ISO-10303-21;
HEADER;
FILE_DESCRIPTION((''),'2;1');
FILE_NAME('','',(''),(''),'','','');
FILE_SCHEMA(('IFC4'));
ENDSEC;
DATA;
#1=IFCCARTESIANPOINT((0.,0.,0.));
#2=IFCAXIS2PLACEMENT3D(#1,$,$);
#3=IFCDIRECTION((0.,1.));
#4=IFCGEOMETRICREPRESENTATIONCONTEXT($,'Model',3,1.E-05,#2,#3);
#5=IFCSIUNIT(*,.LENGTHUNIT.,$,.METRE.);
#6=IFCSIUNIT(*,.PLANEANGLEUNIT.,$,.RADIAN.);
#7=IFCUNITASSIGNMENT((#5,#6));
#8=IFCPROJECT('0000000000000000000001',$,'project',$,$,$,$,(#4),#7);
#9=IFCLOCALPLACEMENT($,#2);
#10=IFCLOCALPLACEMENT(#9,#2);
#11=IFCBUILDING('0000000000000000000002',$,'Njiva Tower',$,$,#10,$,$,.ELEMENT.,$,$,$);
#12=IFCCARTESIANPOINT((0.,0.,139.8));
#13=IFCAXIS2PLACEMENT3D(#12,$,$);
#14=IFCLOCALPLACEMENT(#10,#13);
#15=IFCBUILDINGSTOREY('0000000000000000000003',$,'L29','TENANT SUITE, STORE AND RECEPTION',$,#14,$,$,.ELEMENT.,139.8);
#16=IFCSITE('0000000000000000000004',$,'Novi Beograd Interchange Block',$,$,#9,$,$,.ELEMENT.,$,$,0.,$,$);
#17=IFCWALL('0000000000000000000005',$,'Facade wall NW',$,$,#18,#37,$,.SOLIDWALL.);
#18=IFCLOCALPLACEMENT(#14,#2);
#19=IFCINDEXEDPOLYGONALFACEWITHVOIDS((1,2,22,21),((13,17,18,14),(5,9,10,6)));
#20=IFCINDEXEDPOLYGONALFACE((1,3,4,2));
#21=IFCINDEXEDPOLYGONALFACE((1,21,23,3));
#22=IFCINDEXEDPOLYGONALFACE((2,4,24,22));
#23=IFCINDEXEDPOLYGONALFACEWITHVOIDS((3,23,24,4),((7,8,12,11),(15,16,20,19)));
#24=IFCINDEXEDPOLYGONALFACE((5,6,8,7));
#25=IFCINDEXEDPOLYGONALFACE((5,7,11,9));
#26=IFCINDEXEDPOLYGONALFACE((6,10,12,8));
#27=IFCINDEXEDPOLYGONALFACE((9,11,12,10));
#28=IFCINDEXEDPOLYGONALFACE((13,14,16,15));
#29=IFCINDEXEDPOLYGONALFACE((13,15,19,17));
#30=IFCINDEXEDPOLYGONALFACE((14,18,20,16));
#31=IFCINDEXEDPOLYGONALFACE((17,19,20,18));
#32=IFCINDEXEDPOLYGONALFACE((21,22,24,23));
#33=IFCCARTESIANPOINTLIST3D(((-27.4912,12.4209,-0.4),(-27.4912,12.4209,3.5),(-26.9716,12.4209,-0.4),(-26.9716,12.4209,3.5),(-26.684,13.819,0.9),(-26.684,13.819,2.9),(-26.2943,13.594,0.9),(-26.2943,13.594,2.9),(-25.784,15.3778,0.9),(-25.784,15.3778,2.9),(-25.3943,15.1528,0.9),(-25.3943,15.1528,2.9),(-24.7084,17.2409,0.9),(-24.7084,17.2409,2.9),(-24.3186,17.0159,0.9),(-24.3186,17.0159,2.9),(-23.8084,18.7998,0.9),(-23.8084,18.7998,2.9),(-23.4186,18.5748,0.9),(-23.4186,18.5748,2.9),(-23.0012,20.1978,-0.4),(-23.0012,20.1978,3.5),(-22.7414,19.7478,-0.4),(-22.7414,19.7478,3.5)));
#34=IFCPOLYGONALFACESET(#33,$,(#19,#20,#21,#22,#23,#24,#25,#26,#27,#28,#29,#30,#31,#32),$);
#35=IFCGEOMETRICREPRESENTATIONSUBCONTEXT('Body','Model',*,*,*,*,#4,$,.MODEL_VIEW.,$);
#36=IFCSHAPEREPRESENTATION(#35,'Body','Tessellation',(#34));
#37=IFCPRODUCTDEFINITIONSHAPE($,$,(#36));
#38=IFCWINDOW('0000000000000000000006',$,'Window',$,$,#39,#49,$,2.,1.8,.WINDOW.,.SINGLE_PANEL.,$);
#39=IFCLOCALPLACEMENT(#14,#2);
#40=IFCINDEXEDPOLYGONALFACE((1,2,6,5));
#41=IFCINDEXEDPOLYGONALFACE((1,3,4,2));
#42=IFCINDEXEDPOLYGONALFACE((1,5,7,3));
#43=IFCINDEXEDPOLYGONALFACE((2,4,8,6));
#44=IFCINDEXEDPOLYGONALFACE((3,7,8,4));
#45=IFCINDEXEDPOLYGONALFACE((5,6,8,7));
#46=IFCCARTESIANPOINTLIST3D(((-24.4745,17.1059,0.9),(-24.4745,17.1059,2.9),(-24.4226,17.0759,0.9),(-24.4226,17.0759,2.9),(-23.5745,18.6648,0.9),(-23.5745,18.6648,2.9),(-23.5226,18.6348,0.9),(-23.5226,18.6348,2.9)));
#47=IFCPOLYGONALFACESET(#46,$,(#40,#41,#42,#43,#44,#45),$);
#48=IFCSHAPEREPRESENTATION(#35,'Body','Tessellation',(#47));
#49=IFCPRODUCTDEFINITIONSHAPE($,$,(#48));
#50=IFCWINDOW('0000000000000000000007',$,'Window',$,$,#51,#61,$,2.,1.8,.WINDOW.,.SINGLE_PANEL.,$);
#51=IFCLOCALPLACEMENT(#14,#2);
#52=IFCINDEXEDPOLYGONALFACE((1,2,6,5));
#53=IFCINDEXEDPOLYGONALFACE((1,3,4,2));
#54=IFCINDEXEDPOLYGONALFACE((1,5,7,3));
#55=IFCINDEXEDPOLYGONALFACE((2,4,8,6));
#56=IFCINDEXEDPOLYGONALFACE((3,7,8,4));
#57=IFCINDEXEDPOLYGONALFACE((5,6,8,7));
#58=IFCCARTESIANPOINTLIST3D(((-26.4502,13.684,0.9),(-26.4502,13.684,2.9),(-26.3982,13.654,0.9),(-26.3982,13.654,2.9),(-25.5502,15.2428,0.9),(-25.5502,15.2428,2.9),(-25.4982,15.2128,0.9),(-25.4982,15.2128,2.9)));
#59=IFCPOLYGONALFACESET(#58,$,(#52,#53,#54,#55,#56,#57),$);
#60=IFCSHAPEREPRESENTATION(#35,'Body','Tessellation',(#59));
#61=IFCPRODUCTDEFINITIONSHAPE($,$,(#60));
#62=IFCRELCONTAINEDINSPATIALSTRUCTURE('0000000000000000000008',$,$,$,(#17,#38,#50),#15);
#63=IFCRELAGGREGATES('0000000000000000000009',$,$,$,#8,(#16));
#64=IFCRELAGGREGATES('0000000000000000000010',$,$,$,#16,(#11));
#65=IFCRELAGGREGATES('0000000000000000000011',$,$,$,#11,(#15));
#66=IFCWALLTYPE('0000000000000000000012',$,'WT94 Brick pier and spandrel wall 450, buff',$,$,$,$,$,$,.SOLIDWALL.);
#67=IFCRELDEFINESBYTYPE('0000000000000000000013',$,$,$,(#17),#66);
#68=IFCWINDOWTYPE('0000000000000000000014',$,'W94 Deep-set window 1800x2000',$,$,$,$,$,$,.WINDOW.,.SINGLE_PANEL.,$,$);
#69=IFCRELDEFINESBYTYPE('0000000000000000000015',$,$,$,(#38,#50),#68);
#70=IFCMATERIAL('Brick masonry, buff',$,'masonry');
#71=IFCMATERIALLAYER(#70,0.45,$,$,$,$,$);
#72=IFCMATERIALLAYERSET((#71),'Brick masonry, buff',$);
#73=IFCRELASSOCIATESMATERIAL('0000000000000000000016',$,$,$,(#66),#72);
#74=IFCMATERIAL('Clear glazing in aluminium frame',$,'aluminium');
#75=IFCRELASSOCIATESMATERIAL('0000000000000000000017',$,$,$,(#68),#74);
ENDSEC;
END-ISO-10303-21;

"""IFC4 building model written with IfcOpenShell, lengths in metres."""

from ifc_helpers import new_model, si_unit, direction, frame, frame_2d, origin, place, context, subcontext, project, spatial, polyline, rectangle, outline, extrude, material, layer, layer_set, type_object, element, fill, save


model = new_model("IFC4")

# Units and contexts
model_context = context("Model", 3, precision=1e-05, world=origin(), true_north=direction((0.0, 1.0)))
body_context = subcontext(model_context, "Body", "Model", "MODEL_VIEW")
ifc_project = project(units=[si_unit("LENGTHUNIT", "METRE"), si_unit("PLANEANGLEUNIT", "RADIAN")], contexts=[model_context])

# Site, building, storey
site_placement = place(None, origin())
site = spatial("IfcSite", under=ifc_project, at=site_placement, Name="Novi Beograd Interchange Block", CompositionType="ELEMENT", RefElevation=0.0)
building_placement = place(site_placement, origin())
building = spatial("IfcBuilding", under=site, at=building_placement, Name="Njiva Tower", CompositionType="ELEMENT")
storey_placement = place(building_placement, frame((0.0, 0.0, 139.8)))
storey = spatial("IfcBuildingStorey", under=building, at=storey_placement, Name="L29", Description="TENANT SUITE, STORE AND RECEPTION", CompositionType="ELEMENT", Elevation=139.8)

# Wall, openings, windows
ifc_material_1 = material(Name="Clear glazing in aluminium frame", Category="aluminium")
ifc_material_2 = material(Name="Brick masonry, buff", Category="masonry")
ifc_layer_1 = layer(ifc_material_2, 0.45)
ifc_layer_set_1 = layer_set([ifc_layer_1], Name="Brick masonry, buff")
wall_type_1 = type_object("IfcWallType", Name="WT94 Brick pier and spandrel wall 450, buff", PredefinedType="SOLIDWALL", material=ifc_layer_set_1)
wall_1_placement = place(storey_placement, frame((-22.8713, 19.9728, -0.4), z_axis=(0.0, 0.0, 1.0), x_axis=(-0.500001, -0.866025, 0.0)))
wall_1 = element("IfcWall", 1, at=wall_1_placement, inside=storey, type_object=wall_type_1, Name="Facade wall NW", PredefinedType="SOLIDWALL", context=body_context, shape_type="SweptSolid", body=[
    extrude(outline(polyline([(-0.1299, -0.225), (8.8501, -0.225), (8.5903, 0.225), (0.1299, 0.225), (-0.1299, -0.225)])), origin(), (0.0, 0.0, 1.0), 3.9),
])
opening_1_placement = place(wall_1_placement, frame((1.4844, 0.0, 1.3)))
opening_1 = element("IfcOpeningElement", 2, at=opening_1_placement, cuts=wall_1, PredefinedType="OPENING", context=body_context, shape_type="SweptSolid", body=[
    extrude(rectangle(XDim=1.8, YDim=2.0, at=frame_2d((0.9, 1.0))), frame((0.0, 0.235, 0.0), z_axis=(0.0, -1.0, 0.0), x_axis=(1.0, 0.0, 0.0)), (0.0, 0.0, 1.0), 0.47),
])
opening_2_placement = place(wall_1_placement, frame((5.4357, 0.0, 1.3)))
opening_2 = element("IfcOpeningElement", 3, at=opening_2_placement, cuts=wall_1, PredefinedType="OPENING", context=body_context, shape_type="SweptSolid", body=[
    extrude(rectangle(XDim=1.8, YDim=2.0, at=frame_2d((0.9, 1.0))), frame((0.0, 0.235, 0.0), z_axis=(0.0, -1.0, 0.0), x_axis=(1.0, 0.0, 0.0)), (0.0, 0.0, 1.0), 0.47),
])
window_type_1 = type_object("IfcWindowType", Name="W94 Deep-set window 1800x2000", PartitioningType="SINGLE_PANEL", PredefinedType="WINDOW", material=ifc_material_1)
window_1_placement = place(opening_1_placement, origin())
window_1 = element("IfcWindow", 4, at=window_1_placement, inside=storey, type_object=window_type_1, Name="Window", OverallHeight=2.0, OverallWidth=1.8, PartitioningType="SINGLE_PANEL", PredefinedType="WINDOW", context=body_context, shape_type="SweptSolid", body=[
    extrude(rectangle(XDim=1.8, YDim=2.0, at=frame_2d((0.9, 1.0))), frame((0.0, 0.105, 0.0), z_axis=(0.0, -1.0, 0.0), x_axis=(1.0, 0.0, 0.0)), (0.0, 0.0, 1.0), 0.06),
])
fill(opening_1, window_1)
window_2_placement = place(opening_2_placement, origin())
window_2 = element("IfcWindow", 5, at=window_2_placement, inside=storey, type_object=window_type_1, Name="Window", OverallHeight=2.0, OverallWidth=1.8, PartitioningType="SINGLE_PANEL", PredefinedType="WINDOW", context=body_context, shape_type="SweptSolid", body=[
    extrude(rectangle(XDim=1.8, YDim=2.0, at=frame_2d((0.9, 1.0))), frame((0.0, 0.105, 0.0), z_axis=(0.0, -1.0, 0.0), x_axis=(1.0, 0.0, 0.0)), (0.0, 0.0, 1.0), 0.06),
])
fill(opening_2, window_2)

save(model, "model.ifc")
